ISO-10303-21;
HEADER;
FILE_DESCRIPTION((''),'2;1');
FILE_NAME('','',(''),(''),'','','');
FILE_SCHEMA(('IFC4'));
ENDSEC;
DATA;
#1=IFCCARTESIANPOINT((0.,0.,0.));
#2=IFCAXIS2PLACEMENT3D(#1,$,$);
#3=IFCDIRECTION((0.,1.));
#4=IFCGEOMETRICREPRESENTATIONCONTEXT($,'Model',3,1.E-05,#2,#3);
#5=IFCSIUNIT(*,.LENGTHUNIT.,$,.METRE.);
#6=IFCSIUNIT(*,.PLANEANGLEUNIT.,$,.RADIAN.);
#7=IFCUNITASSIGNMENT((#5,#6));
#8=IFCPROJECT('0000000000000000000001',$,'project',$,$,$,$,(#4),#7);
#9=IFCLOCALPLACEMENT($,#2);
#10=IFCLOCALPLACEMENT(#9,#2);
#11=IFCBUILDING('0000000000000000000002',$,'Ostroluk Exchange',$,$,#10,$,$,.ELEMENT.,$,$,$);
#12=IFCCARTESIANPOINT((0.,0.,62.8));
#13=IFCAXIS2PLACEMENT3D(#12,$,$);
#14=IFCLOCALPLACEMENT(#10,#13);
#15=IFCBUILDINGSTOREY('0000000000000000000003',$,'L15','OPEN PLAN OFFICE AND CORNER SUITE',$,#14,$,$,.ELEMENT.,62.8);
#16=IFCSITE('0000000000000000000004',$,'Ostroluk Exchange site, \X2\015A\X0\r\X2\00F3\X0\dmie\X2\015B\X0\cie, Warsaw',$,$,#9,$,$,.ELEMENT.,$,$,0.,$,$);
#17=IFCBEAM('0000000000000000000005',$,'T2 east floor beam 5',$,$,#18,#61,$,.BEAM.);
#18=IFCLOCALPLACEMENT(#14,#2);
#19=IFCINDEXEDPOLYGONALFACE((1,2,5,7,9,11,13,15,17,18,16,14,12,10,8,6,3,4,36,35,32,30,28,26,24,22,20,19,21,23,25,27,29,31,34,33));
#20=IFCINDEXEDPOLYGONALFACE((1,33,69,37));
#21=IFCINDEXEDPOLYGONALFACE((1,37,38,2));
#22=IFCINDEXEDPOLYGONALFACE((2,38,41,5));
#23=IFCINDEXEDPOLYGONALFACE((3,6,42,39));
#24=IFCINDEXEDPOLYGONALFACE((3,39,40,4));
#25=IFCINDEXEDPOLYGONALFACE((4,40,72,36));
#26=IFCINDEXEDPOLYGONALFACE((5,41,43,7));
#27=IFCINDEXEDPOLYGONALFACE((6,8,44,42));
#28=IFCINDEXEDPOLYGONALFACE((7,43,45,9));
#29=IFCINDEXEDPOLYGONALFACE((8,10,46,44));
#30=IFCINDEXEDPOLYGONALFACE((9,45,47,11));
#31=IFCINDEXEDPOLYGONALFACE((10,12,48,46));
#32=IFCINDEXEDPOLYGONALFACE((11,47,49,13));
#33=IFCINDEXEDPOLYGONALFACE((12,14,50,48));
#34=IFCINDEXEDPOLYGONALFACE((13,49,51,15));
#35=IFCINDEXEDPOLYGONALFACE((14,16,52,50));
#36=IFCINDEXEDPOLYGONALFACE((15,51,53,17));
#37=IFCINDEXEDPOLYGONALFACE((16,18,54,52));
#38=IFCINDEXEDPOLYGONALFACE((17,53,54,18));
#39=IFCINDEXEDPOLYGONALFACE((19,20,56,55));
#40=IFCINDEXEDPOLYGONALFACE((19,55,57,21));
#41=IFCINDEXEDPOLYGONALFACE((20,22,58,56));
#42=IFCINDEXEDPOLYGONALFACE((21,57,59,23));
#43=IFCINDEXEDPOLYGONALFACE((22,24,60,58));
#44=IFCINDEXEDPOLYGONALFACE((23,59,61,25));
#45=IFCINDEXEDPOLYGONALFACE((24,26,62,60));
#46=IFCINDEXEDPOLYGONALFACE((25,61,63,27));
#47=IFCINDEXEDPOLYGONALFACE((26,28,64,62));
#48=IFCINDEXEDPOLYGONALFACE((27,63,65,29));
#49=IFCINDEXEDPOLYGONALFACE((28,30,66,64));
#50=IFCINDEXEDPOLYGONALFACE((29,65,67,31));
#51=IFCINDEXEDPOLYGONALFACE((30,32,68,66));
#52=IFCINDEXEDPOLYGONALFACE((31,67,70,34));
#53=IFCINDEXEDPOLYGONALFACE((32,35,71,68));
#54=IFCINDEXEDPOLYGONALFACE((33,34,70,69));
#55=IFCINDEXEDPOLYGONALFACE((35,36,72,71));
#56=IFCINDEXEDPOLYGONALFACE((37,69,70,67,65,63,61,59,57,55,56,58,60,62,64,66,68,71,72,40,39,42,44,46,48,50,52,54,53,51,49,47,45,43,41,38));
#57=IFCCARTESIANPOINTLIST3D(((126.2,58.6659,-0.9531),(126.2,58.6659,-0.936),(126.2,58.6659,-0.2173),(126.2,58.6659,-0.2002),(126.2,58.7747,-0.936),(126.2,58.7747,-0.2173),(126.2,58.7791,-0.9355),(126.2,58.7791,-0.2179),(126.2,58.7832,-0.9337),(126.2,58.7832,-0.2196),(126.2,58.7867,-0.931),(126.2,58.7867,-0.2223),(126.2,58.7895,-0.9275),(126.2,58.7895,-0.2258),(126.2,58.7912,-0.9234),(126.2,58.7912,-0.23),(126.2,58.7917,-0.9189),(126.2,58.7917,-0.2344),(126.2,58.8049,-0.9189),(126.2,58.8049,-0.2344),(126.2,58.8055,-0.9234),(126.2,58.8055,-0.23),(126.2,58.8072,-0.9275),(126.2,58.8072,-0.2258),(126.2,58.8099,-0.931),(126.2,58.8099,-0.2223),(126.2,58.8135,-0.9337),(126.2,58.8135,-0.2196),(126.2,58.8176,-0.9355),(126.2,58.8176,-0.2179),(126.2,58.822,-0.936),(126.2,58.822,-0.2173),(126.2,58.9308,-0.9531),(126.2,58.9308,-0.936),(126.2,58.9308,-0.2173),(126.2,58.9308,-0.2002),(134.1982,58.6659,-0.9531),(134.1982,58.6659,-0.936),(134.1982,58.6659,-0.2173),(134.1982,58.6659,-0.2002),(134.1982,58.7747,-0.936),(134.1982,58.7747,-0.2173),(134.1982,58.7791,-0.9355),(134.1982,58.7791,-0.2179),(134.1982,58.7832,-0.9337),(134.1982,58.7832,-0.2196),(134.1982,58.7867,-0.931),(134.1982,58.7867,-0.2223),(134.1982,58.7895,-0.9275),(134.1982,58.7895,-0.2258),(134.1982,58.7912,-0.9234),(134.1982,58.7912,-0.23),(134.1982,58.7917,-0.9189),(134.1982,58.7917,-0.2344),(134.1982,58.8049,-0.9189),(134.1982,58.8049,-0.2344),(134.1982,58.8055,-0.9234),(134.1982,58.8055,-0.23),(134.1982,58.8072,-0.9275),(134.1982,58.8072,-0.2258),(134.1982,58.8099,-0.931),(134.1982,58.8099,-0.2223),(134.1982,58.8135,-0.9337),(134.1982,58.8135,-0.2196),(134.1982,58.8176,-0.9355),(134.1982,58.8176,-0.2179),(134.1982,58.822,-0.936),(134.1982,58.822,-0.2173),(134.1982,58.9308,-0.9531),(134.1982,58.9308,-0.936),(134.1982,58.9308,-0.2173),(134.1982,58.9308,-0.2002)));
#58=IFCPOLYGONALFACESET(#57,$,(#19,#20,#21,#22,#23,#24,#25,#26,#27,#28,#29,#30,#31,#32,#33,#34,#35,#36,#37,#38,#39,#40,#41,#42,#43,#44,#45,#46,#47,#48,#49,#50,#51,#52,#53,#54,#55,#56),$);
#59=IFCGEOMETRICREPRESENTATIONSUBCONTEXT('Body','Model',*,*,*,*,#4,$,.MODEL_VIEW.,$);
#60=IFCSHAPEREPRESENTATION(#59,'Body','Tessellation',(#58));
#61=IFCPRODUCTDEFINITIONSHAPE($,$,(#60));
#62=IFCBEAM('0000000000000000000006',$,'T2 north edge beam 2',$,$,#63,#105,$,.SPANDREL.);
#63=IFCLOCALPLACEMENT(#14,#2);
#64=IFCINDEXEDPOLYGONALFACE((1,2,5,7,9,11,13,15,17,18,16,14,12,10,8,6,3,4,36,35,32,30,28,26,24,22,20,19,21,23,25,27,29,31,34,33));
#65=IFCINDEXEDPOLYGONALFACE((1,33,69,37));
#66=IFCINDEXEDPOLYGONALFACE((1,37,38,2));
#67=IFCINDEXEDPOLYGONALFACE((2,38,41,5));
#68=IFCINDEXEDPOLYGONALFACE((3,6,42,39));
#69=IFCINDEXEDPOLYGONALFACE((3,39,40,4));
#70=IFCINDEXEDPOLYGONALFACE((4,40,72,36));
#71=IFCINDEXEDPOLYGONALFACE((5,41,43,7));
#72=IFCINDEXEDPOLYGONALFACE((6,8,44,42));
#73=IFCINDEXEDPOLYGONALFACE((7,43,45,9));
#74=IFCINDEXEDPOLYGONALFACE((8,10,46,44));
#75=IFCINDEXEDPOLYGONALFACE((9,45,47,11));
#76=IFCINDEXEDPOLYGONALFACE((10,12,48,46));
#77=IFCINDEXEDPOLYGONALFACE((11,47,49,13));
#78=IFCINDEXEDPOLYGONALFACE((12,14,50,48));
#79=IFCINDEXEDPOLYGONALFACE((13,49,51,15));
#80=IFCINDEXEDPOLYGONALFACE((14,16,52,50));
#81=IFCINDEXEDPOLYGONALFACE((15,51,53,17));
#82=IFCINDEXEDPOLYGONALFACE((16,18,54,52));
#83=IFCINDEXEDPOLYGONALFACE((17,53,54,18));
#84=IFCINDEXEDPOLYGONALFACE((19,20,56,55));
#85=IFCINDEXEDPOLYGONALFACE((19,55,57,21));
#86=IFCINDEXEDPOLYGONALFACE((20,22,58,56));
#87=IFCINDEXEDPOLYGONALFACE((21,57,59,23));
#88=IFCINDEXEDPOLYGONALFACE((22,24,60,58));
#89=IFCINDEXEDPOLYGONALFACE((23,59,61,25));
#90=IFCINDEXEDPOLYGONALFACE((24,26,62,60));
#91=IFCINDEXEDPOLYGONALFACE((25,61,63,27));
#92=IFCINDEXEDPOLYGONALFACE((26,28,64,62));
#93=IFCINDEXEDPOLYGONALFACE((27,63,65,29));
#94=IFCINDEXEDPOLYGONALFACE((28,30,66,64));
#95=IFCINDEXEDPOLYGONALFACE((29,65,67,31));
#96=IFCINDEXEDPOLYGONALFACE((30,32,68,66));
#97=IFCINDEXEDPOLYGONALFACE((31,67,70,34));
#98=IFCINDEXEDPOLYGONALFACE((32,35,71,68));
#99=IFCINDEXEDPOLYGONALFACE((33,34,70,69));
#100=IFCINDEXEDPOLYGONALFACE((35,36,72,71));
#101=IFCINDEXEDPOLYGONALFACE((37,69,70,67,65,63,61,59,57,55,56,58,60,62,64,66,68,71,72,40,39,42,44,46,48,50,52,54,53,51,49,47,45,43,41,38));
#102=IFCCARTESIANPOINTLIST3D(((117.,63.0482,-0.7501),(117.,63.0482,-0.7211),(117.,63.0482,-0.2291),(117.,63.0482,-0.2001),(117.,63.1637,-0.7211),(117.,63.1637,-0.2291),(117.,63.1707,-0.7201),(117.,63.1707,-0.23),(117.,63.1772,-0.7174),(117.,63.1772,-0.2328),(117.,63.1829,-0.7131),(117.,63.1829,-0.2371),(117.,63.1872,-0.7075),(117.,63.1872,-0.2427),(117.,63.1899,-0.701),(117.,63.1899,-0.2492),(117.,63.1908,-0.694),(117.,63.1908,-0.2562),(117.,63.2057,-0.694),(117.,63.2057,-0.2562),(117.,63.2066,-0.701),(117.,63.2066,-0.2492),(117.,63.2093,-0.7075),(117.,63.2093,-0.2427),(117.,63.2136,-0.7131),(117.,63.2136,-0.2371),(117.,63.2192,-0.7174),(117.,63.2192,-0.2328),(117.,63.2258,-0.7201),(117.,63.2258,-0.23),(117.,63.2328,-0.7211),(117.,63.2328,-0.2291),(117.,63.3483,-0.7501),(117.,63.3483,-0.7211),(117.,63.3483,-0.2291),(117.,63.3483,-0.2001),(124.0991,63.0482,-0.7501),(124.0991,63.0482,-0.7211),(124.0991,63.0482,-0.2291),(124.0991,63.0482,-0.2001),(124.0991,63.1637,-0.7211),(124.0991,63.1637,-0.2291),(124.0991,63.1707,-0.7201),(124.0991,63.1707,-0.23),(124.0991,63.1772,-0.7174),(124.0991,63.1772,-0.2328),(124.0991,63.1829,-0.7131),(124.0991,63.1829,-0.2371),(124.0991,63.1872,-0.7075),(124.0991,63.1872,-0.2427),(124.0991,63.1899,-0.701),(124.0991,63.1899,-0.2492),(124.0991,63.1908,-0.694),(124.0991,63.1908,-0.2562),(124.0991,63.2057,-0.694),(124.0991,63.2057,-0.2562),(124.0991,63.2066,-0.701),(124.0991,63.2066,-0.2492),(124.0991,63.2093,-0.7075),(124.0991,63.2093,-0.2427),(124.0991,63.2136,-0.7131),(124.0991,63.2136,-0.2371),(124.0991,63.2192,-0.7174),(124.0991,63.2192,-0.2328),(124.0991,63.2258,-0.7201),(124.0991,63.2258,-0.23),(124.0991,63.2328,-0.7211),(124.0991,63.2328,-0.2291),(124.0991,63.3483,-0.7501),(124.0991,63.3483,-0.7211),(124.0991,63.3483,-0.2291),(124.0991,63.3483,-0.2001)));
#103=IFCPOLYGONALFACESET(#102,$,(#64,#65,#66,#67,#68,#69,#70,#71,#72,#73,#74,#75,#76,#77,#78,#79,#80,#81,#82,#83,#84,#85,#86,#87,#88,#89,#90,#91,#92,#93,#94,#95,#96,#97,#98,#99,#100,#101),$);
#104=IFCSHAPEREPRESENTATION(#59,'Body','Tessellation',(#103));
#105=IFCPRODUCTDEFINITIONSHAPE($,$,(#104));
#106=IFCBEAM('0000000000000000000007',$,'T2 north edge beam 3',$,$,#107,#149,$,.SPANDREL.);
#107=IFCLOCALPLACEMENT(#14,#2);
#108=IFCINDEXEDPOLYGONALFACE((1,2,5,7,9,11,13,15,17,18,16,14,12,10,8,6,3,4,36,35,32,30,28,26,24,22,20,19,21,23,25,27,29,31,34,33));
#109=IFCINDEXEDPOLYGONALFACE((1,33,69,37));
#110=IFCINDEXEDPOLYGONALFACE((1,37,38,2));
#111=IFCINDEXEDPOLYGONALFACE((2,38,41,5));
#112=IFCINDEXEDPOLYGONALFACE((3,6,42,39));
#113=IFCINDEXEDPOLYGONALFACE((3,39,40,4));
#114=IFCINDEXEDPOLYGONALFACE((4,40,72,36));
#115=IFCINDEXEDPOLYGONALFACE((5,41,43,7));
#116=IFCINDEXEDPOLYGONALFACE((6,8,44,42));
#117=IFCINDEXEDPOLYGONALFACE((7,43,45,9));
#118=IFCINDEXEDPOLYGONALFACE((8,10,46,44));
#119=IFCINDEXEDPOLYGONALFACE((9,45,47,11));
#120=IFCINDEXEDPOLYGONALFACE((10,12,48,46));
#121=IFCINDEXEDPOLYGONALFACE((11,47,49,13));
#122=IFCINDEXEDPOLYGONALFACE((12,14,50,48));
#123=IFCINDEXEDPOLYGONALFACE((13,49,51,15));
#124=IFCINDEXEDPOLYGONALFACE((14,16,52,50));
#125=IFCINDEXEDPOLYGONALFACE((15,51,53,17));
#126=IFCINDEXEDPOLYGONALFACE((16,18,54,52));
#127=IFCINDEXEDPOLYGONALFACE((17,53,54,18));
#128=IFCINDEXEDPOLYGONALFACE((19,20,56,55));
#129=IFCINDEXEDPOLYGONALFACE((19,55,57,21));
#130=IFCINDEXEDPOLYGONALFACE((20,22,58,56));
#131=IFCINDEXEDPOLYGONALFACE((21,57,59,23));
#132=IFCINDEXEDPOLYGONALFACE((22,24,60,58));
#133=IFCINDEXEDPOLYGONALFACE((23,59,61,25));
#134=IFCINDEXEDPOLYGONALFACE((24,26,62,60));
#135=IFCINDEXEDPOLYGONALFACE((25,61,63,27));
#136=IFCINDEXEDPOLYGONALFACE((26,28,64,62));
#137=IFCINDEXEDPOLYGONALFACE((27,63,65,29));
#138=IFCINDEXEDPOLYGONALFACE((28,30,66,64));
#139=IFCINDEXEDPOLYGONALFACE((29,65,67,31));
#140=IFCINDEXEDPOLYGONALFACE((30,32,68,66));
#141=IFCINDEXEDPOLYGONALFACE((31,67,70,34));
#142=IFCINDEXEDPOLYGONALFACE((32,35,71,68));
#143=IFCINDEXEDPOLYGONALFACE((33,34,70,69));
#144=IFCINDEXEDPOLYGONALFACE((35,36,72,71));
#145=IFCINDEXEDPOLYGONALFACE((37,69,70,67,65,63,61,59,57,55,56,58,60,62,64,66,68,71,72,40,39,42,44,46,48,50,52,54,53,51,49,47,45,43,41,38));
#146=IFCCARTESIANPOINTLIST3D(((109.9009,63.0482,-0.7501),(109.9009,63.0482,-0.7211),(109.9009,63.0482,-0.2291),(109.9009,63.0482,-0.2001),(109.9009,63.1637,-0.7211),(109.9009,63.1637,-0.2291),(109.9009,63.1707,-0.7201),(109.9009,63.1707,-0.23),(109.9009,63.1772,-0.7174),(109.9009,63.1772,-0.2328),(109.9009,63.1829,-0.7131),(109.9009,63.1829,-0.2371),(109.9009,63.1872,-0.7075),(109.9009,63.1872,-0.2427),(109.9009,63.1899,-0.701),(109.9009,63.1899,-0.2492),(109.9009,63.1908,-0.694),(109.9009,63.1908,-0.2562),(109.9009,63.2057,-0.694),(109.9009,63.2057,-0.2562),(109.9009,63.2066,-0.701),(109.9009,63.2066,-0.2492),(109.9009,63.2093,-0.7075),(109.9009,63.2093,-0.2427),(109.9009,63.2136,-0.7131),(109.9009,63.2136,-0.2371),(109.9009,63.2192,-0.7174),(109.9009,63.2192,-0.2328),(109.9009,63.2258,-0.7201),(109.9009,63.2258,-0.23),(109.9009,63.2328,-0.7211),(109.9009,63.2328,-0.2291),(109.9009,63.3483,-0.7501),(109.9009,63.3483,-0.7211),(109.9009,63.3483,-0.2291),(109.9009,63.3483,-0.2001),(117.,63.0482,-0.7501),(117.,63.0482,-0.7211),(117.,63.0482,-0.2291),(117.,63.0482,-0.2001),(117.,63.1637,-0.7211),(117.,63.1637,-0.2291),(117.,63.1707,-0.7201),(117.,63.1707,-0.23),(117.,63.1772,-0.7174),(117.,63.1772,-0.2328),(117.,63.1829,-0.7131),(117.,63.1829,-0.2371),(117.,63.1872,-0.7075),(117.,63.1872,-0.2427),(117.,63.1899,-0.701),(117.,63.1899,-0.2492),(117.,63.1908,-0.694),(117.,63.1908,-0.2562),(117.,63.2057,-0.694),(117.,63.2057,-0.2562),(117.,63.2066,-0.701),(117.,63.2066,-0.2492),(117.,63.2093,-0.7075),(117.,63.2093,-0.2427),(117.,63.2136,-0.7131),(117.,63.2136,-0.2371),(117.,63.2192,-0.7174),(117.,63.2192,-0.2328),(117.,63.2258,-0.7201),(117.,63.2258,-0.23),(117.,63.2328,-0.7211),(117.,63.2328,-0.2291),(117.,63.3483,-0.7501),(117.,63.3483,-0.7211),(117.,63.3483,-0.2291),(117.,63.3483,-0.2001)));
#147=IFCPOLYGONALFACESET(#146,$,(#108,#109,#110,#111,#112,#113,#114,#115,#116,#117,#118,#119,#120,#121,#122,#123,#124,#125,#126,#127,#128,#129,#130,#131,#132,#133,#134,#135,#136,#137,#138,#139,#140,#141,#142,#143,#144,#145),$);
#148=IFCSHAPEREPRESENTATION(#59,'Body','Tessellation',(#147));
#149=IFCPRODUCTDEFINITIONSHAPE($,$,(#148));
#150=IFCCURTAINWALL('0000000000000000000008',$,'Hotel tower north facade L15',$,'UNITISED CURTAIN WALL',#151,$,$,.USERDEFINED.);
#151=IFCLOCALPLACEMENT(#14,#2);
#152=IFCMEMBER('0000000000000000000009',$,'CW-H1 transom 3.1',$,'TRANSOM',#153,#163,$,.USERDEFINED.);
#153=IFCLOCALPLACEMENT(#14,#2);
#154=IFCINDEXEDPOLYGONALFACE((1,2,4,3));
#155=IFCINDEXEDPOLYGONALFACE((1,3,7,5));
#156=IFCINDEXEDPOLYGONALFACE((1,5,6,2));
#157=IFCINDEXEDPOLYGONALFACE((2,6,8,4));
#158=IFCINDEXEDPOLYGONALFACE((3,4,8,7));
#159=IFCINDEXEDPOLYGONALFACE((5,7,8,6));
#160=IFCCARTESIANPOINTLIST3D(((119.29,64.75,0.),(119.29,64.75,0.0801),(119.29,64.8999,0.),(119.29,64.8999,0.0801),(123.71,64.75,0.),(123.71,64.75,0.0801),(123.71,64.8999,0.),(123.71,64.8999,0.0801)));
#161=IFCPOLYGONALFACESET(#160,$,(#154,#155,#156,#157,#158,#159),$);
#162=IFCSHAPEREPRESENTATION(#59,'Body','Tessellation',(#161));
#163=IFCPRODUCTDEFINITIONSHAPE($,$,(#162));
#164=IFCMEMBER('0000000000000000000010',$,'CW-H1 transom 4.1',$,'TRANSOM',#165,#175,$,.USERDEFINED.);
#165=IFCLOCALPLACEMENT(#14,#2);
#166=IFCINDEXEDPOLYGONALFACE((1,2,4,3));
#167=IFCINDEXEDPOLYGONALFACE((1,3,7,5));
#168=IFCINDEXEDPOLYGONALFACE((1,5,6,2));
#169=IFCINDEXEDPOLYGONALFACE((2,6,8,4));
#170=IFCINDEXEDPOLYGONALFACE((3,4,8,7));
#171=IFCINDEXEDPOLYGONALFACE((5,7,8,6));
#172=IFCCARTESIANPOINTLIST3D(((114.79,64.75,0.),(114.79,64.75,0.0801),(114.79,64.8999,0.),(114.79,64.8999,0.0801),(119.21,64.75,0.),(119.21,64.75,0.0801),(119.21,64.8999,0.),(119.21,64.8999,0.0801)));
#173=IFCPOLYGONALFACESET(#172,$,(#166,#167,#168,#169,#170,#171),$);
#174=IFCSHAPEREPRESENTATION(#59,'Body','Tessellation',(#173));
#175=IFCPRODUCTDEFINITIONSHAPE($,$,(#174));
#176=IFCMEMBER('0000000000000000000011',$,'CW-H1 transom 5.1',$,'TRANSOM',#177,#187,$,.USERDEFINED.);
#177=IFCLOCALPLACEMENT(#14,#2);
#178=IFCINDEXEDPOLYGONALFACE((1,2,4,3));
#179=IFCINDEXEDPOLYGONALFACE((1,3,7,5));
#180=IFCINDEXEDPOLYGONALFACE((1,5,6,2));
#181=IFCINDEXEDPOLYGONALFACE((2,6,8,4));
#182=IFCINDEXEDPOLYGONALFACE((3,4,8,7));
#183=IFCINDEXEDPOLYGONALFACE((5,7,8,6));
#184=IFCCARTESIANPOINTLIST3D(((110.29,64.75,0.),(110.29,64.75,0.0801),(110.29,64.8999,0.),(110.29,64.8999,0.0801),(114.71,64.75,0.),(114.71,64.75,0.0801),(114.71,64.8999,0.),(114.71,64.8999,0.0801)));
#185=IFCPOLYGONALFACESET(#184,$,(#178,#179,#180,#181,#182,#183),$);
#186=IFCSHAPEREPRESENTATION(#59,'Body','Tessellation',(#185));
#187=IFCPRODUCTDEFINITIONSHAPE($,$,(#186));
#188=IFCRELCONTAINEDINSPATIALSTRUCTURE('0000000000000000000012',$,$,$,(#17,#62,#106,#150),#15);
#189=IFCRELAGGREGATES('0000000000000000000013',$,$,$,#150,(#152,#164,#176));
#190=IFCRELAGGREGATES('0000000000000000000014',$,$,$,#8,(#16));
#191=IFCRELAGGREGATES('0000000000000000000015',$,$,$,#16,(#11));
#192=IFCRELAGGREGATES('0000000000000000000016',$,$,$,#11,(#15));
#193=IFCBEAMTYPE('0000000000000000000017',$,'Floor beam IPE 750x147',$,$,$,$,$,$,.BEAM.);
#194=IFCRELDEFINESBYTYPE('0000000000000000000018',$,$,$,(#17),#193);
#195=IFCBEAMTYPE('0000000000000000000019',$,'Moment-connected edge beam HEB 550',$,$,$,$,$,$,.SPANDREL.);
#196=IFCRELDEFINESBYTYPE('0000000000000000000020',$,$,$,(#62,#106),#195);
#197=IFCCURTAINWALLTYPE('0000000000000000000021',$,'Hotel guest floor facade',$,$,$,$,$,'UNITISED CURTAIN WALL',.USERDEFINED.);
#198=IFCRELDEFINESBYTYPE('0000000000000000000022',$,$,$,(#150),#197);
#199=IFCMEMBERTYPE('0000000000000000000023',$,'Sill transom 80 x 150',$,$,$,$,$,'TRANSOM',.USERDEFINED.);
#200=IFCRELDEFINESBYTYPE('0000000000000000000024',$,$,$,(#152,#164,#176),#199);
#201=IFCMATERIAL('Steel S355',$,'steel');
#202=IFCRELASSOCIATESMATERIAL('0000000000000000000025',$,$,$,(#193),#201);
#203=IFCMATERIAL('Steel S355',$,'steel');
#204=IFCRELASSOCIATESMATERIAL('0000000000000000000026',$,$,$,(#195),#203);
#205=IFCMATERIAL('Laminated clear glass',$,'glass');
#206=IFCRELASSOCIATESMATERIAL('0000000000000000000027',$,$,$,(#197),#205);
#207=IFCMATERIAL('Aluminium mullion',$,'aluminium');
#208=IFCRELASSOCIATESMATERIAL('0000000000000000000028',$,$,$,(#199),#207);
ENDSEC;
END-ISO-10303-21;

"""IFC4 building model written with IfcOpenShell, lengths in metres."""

from ifc_helpers import new_model, si_unit, direction, frame, origin, origin_2d, place, context, subcontext, project, spatial, rectangle, i_section, extrude, material, material_profile, profile_set, type_object, element, aggregate, save


model = new_model("IFC4")

# Units and contexts
model_context = context("Model", 3, precision=1e-05, world=origin(), true_north=direction((0.0, 1.0)))
body_context = subcontext(model_context, "Body", "Model", "MODEL_VIEW")
ifc_project = project(units=[si_unit("LENGTHUNIT", "METRE"), si_unit("PLANEANGLEUNIT", "RADIAN")], contexts=[model_context])

# Site, building, storey
site_placement = place(None, origin())
site = spatial("IfcSite", under=ifc_project, at=site_placement, Name="Ostroluk Exchange site, Śródmieście, Warsaw", CompositionType="ELEMENT", RefElevation=0.0)
building_placement = place(site_placement, origin())
building = spatial("IfcBuilding", under=site, at=building_placement, Name="Ostroluk Exchange", CompositionType="ELEMENT")
storey_placement = place(building_placement, frame((0.0, 0.0, 62.8)))
storey = spatial("IfcBuildingStorey", under=building, at=storey_placement, Name="L15", Description="OPEN PLAN OFFICE AND CORNER SUITE", CompositionType="ELEMENT", Elevation=62.8)

# Beams
ifc_material_1 = material(Name="Steel S355", Category="steel")
ifc_material_profile_1 = material_profile(ifc_material_1, i_section(OverallWidth=0.2649, OverallDepth=0.7529, WebThickness=0.0132, FlangeThickness=0.0171, FilletRadius=0.0171, at=origin_2d()), Name="IPE 750x147")
ifc_profile_set_1 = profile_set([ifc_material_profile_1], Name="Steel S355")
beam_type_1 = type_object("IfcBeamType", Name="Floor beam IPE 750x147", PredefinedType="BEAM", material=ifc_profile_set_1)
beam_placement = place(storey_placement, frame((126.2, 58.7983, -0.5767), z_axis=(1.0, 0.0, 0.0), x_axis=(0.0, 1.0, 0.0)))
element("IfcBeam", 1, at=beam_placement, inside=storey, type_object=beam_type_1, Name="T2 east floor beam 5", PredefinedType="BEAM", context=body_context, shape_type="SweptSolid", body=[
    extrude(i_section(OverallWidth=0.2649, OverallDepth=0.7529, WebThickness=0.0132, FlangeThickness=0.0171, FilletRadius=0.0171, at=origin_2d()), origin(), (0.0, 0.0, 1.0), 7.9983),
])
ifc_material_2 = material(Name="Steel S355", Category="steel")
ifc_material_profile_2 = material_profile(ifc_material_2, i_section(OverallWidth=0.3, OverallDepth=0.55, WebThickness=0.0149, FlangeThickness=0.0291, FilletRadius=0.0271, at=origin_2d()), Name="HEB 550")
ifc_profile_set_2 = profile_set([ifc_material_profile_2], Name="Steel S355")
beam_type_2 = type_object("IfcBeamType", Name="Moment-connected edge beam HEB 550", PredefinedType="SPANDREL", material=ifc_profile_set_2)
for number, where, z_axis, x_axis, name in (
    (2, (124.0991, 63.1982, -0.4751), (-1.0, 0.0, 0.0), (0.0, -1.0, 0.0), "T2 north edge beam 2"),
    (3, (117.0, 63.1982, -0.4751), (-1.0, 0.0, 0.0), (0.0, -1.0, 0.0), "T2 north edge beam 3"),
):
    element("IfcBeam", number, at=place(storey_placement, frame(where, z_axis=z_axis, x_axis=x_axis)), inside=storey, type_object=beam_type_2, Name=name, PredefinedType="SPANDREL", context=body_context, shape_type="SweptSolid", body=[
        extrude(i_section(OverallWidth=0.3, OverallDepth=0.55, WebThickness=0.0149, FlangeThickness=0.0291, FilletRadius=0.0271, at=origin_2d()), origin(), (0.0, 0.0, 1.0), 7.0991),
    ])

# Curtain wall, members
ifc_material_3 = material(Name="Laminated clear glass", Category="glass")
curtain_wall_type = type_object("IfcCurtainWallType", Name="Hotel guest floor facade", ElementType="UNITISED CURTAIN WALL", PredefinedType="USERDEFINED", material=ifc_material_3)
curtain_wall_placement = place(storey_placement, origin())
curtain_wall = element("IfcCurtainWall", 4, at=curtain_wall_placement, inside=storey, type_object=curtain_wall_type, Name="Hotel tower north facade L15", ObjectType="UNITISED CURTAIN WALL", PredefinedType="USERDEFINED")
ifc_material_4 = material(Name="Aluminium mullion", Category="aluminium")
ifc_material_profile_3 = material_profile(ifc_material_4, rectangle(XDim=0.1499, YDim=0.0801, at=origin_2d()), Name="Sill transom 80 x 150")
ifc_profile_set_3 = profile_set([ifc_material_profile_3], Name="Aluminium mullion")
member_type_1 = type_object("IfcMemberType", Name="Sill transom 80 x 150", ElementType="TRANSOM", PredefinedType="USERDEFINED", material=ifc_profile_set_3)
member_1_placement = place(storey_placement, frame((123.71, 64.825, 0.04), z_axis=(-1.0, 0.0, 0.0), x_axis=(0.0, -1.0, 0.0)))
member_1 = element("IfcMember", 5, at=member_1_placement, type_object=member_type_1, Name="CW-H1 transom 3.1", ObjectType="TRANSOM", PredefinedType="USERDEFINED", context=body_context, shape_type="SweptSolid", body=[
    extrude(rectangle(XDim=0.1499, YDim=0.0801, at=origin_2d()), origin(), (0.0, 0.0, 1.0), 4.4199),
])
member_2_placement = place(storey_placement, frame((119.21, 64.825, 0.04), z_axis=(-1.0, 0.0, 0.0), x_axis=(0.0, -1.0, 0.0)))
member_2 = element("IfcMember", 6, at=member_2_placement, type_object=member_type_1, Name="CW-H1 transom 4.1", ObjectType="TRANSOM", PredefinedType="USERDEFINED", context=body_context, shape_type="SweptSolid", body=[
    extrude(rectangle(XDim=0.1499, YDim=0.0801, at=origin_2d()), origin(), (0.0, 0.0, 1.0), 4.4199),
])
member_3_placement = place(storey_placement, frame((114.71, 64.825, 0.04), z_axis=(-1.0, 0.0, 0.0), x_axis=(0.0, -1.0, 0.0)))
member_3 = element("IfcMember", 7, at=member_3_placement, type_object=member_type_1, Name="CW-H1 transom 5.1", ObjectType="TRANSOM", PredefinedType="USERDEFINED", context=body_context, shape_type="SweptSolid", body=[
    extrude(rectangle(XDim=0.1499, YDim=0.0801, at=origin_2d()), origin(), (0.0, 0.0, 1.0), 4.4199),
])
aggregate(curtain_wall, [member_1, member_2, member_3])

save(model, "model.ifc")
